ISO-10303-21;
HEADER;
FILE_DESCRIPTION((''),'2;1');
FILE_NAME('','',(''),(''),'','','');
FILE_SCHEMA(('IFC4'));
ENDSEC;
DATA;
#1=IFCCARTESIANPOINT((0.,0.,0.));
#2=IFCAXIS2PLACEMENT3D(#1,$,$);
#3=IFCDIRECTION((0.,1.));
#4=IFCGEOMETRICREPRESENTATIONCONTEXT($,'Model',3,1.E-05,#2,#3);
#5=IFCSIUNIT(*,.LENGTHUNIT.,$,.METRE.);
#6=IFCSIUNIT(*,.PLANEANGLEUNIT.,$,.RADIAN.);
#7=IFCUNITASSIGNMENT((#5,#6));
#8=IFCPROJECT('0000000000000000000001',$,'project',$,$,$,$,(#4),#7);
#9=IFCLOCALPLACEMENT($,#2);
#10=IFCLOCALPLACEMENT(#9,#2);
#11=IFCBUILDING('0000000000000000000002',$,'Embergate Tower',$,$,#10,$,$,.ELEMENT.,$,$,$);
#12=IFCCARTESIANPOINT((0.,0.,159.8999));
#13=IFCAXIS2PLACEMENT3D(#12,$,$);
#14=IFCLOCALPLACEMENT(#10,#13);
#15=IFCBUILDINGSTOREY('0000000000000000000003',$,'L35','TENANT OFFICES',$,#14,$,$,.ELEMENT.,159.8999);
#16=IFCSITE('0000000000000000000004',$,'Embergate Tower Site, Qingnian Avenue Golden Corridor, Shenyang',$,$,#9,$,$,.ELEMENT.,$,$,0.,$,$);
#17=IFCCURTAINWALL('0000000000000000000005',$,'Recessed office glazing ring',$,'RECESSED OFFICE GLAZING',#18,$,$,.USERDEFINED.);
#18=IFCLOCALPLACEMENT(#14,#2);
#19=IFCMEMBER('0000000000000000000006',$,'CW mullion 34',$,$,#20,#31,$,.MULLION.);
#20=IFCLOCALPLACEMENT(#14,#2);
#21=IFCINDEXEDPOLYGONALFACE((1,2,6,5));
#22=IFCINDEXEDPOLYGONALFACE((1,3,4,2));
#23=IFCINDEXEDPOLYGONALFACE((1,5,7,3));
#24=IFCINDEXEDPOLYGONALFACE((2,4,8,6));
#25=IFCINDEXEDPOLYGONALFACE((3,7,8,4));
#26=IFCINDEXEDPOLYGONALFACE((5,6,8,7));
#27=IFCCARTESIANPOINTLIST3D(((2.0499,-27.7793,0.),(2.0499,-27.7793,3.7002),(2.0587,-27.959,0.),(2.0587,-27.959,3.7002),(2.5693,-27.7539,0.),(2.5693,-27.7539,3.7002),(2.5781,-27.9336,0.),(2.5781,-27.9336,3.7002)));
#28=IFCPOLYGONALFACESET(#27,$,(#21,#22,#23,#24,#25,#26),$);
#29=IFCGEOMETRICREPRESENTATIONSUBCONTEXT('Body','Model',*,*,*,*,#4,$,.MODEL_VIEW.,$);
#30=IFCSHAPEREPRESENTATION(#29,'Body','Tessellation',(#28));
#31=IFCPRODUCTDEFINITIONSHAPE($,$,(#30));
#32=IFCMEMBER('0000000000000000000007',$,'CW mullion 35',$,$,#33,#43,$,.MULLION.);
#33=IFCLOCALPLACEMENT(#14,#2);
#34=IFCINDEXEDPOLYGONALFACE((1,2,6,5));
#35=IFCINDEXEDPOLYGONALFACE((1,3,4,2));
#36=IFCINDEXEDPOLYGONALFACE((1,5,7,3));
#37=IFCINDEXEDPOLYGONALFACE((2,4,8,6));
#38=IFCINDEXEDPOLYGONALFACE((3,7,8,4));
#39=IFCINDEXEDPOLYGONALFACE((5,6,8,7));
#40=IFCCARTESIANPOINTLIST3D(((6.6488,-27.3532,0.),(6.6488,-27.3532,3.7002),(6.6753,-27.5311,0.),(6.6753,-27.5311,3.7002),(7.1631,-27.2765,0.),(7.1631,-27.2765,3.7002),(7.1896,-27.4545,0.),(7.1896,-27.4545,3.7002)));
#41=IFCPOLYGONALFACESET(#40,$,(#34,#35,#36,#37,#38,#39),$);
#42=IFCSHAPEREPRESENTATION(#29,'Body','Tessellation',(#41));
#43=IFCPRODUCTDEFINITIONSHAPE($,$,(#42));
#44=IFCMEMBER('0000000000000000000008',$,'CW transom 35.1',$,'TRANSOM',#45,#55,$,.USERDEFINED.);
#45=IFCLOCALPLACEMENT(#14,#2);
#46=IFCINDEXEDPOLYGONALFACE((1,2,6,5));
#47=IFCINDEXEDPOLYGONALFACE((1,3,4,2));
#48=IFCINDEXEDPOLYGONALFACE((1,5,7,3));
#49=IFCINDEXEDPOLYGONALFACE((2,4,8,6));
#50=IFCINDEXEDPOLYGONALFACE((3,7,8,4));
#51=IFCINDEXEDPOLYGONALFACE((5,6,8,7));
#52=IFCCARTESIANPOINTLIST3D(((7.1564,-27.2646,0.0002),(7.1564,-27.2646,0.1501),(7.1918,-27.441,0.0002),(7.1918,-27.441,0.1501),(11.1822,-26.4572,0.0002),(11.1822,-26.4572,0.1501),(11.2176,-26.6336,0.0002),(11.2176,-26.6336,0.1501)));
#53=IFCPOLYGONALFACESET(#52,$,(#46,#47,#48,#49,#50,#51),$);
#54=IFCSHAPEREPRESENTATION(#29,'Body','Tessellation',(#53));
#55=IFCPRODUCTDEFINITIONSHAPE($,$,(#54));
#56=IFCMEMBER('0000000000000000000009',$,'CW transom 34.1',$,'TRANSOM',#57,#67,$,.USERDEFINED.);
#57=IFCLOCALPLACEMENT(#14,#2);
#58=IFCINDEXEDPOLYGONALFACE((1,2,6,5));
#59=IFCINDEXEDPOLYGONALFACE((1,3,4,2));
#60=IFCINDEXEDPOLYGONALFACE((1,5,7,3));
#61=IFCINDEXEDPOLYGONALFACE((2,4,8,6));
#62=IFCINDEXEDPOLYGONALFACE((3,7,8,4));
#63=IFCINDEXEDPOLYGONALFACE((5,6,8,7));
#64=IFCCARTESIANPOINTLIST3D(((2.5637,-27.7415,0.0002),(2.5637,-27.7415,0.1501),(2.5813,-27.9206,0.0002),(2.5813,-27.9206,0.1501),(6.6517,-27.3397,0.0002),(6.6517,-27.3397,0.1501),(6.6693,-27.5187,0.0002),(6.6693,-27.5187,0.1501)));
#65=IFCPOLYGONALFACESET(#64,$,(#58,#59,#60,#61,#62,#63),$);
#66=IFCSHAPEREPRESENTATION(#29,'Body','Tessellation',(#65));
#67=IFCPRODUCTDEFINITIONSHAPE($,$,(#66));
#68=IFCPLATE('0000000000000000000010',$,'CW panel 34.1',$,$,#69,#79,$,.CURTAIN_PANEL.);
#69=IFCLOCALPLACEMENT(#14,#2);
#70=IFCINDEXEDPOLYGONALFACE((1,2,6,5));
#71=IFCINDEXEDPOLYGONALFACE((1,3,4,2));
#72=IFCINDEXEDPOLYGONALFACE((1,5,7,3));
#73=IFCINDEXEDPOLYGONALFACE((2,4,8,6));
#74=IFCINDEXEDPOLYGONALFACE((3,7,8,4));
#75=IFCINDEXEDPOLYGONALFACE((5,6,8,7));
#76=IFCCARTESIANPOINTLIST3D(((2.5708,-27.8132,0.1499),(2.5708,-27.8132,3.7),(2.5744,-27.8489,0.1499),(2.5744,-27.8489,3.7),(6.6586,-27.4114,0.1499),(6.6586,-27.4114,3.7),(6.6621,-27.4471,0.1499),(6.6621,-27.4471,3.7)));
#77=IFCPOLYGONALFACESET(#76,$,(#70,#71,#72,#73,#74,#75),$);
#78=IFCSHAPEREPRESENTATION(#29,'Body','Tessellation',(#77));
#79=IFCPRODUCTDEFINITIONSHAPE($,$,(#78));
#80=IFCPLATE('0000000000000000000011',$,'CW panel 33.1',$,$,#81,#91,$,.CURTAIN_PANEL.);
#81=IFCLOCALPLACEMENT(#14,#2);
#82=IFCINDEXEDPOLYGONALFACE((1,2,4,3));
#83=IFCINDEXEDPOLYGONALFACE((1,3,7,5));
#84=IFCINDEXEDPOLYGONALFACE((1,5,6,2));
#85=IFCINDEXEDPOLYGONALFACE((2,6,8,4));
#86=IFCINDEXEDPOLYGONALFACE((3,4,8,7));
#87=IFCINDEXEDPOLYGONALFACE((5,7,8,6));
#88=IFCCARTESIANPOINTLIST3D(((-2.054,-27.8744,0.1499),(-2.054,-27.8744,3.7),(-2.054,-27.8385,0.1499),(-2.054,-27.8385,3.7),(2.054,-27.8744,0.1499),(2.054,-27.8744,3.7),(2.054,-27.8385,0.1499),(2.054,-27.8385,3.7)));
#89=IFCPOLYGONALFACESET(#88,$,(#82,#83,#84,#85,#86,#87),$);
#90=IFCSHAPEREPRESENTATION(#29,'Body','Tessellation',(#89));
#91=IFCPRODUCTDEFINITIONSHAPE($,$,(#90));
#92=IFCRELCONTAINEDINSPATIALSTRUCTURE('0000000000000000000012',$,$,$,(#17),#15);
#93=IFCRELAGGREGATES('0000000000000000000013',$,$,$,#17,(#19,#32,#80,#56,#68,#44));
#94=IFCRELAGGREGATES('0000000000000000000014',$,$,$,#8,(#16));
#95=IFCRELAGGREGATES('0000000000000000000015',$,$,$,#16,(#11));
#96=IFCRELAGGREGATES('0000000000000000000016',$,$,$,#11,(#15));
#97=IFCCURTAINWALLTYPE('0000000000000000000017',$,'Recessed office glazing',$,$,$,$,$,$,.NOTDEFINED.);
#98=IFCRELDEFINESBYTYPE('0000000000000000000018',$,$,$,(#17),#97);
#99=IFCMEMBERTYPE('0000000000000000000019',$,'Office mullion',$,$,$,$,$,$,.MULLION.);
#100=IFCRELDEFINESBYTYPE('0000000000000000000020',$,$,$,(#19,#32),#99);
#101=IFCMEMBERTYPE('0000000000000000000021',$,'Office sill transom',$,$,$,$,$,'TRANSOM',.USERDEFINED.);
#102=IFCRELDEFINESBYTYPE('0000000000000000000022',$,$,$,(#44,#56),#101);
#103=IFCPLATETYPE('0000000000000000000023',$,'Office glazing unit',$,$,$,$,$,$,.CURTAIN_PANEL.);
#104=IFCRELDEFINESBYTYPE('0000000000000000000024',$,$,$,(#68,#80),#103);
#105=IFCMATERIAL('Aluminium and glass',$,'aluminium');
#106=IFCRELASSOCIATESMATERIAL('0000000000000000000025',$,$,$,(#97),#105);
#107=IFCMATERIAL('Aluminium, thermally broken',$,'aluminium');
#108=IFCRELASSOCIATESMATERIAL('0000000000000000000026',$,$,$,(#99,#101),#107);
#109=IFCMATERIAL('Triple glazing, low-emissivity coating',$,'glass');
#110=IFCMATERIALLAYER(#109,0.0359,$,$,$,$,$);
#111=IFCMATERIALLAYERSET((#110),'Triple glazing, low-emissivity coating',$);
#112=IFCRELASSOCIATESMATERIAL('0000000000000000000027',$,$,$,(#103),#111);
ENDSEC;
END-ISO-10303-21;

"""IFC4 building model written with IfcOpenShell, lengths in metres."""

from ifc_helpers import new_model, si_unit, direction, frame, origin, origin_2d, place, context, subcontext, project, spatial, rectangle, extrude, source, transform, mapped, material, layer, layer_set, material_profile, profile_set, type_object, element, aggregate, save


model = new_model("IFC4")

# Units and contexts
model_context = context("Model", 3, precision=1e-05, world=origin(), true_north=direction((0.0, 1.0)))
body_context = subcontext(model_context, "Body", "Model", "MODEL_VIEW")
ifc_project = project(units=[si_unit("LENGTHUNIT", "METRE"), si_unit("PLANEANGLEUNIT", "RADIAN")], contexts=[model_context])

# Site, building, storey
site_placement = place(None, origin())
site = spatial("IfcSite", under=ifc_project, at=site_placement, Name="Embergate Tower Site, Qingnian Avenue Golden Corridor, Shenyang", CompositionType="ELEMENT", RefElevation=0.0)
building_placement = place(site_placement, origin())
building = spatial("IfcBuilding", under=site, at=building_placement, Name="Embergate Tower", CompositionType="ELEMENT")
storey_placement = place(building_placement, frame((0.0, 0.0, 159.8999)))
storey = spatial("IfcBuildingStorey", under=building, at=storey_placement, Name="L35", Description="TENANT OFFICES", CompositionType="ELEMENT", Elevation=159.8999)

# Curtain wall, members, plates
ifc_material_1 = material(Name="Aluminium and glass", Category="aluminium")
curtain_wall_type = type_object("IfcCurtainWallType", Name="Recessed office glazing", PredefinedType="NOTDEFINED", material=ifc_material_1)
curtain_wall_placement = place(storey_placement, origin())
curtain_wall = element("IfcCurtainWall", 1, at=curtain_wall_placement, inside=storey, type_object=curtain_wall_type, Name="Recessed office glazing ring", ObjectType="RECESSED OFFICE GLAZING", PredefinedType="USERDEFINED")
ifc_material_2 = material(Name="Aluminium, thermally broken", Category="aluminium")
ifc_material_profile_1 = material_profile(ifc_material_2, rectangle(XDim=0.1799, YDim=0.52, at=origin_2d()), Name="AL 520x180")
ifc_profile_set_1 = profile_set([ifc_material_profile_1], Name="Aluminium, thermally broken")
member_type_1 = type_object("IfcMemberType", Name="Office mullion", PredefinedType="MULLION", material=ifc_profile_set_1)
shared_shape_1 = source(origin(), body_context, "Body", "SweptSolid", [
    extrude(rectangle(XDim=0.1799, YDim=0.52, at=origin_2d()), origin(), (0.0, 0.0, 1.0), 3.7002),
])
member_1_placement = place(storey_placement, frame((2.314, -27.8564, 0.0), z_axis=(0.0, 0.0, 1.0), x_axis=(-0.048972, 0.9988, 0.0)))
member_1 = element("IfcMember", 2, at=member_1_placement, type_object=member_type_1, Name="CW mullion 34", PredefinedType="MULLION", context=body_context, shape_type="MappedRepresentation", body=[
    mapped(shared_shape_1, transform((0.0, 0.0, 0.0))),
])
member_2_placement = place(storey_placement, frame((6.9192, -27.4038, 0.0), z_axis=(0.0, 0.0, 1.0), x_axis=(-0.147412, 0.989075, 0.0)))
member_2 = element("IfcMember", 3, at=member_2_placement, type_object=member_type_1, Name="CW mullion 35", PredefinedType="MULLION", context=body_context, shape_type="MappedRepresentation", body=[
    mapped(shared_shape_1, transform((0.0, 0.0, 0.0))),
])
ifc_material_profile_2 = material_profile(ifc_material_2, rectangle(XDim=0.1799, YDim=0.1499, at=origin_2d()), Name="AL 150x180")
ifc_profile_set_2 = profile_set([ifc_material_profile_2], Name="Aluminium, thermally broken")
member_type_2 = type_object("IfcMemberType", Name="Office sill transom", ElementType="TRANSOM", PredefinedType="USERDEFINED", material=ifc_profile_set_2)
shared_shape_2 = source(origin(), body_context, "Body", "SweptSolid", [
    extrude(rectangle(XDim=0.1799, YDim=0.1499, at=origin_2d()), origin(), (0.0, 0.0, 1.0), 4.106),
])
member_3_placement = place(storey_placement, frame((7.1741, -27.3528, 0.0752), z_axis=(0.980478, 0.196631, 0.0), x_axis=(-0.196631, 0.980478, 0.0)))
member_3 = element("IfcMember", 4, at=member_3_placement, type_object=member_type_2, Name="CW transom 35.1", ObjectType="TRANSOM", PredefinedType="USERDEFINED", context=body_context, shape_type="MappedRepresentation", body=[
    mapped(shared_shape_2, transform((0.0, 0.0, 0.0))),
])
shared_shape_3 = source(origin(), body_context, "Body", "SweptSolid", [
    extrude(rectangle(XDim=0.1799, YDim=0.1499, at=origin_2d()), origin(), (0.0, 0.0, 1.0), 4.1077),
])
member_4_placement = place(storey_placement, frame((2.5725, -27.8311, 0.0752), z_axis=(0.995203, 0.097832, 0.0), x_axis=(-0.097832, 0.995203, 0.0)))
member_4 = element("IfcMember", 5, at=member_4_placement, type_object=member_type_2, Name="CW transom 34.1", ObjectType="TRANSOM", PredefinedType="USERDEFINED", context=body_context, shape_type="MappedRepresentation", body=[
    mapped(shared_shape_3, transform((0.0, 0.0, 0.0))),
])
ifc_material_3 = material(Name="Triple glazing, low-emissivity coating", Category="glass")
ifc_layer = layer(ifc_material_3, 0.0359)
ifc_layer_set = layer_set([ifc_layer], Name="Triple glazing, low-emissivity coating")
plate_type = type_object("IfcPlateType", Name="Office glazing unit", PredefinedType="CURTAIN_PANEL", material=ifc_layer_set)
shared_shape_4 = source(origin(), body_context, "Body", "SweptSolid", [
    extrude(rectangle(XDim=4.1074, YDim=0.0359, at=origin_2d()), origin(), (0.0, 0.0, 1.0), 3.55),
])
plate_1_placement = place(storey_placement, frame((4.6165, -27.6301, 0.1499), z_axis=(0.0, 0.0, 1.0), x_axis=(0.995203, 0.09783, 0.0)))
plate_1 = element("IfcPlate", 6, at=plate_1_placement, type_object=plate_type, Name="CW panel 34.1", PredefinedType="CURTAIN_PANEL", context=body_context, shape_type="MappedRepresentation", body=[
    mapped(shared_shape_4, transform((0.0, 0.0, 0.0))),
])
shared_shape_5 = source(origin(), body_context, "Body", "SweptSolid", [
    extrude(rectangle(XDim=4.1079, YDim=0.0359, at=origin_2d()), origin(), (0.0, 0.0, 1.0), 3.55),
])
plate_2_placement = place(storey_placement, frame((0.0, -27.8564, 0.1499), z_axis=(0.0, 0.0, 1.0), x_axis=(1.0, 0.0, 0.0)))
plate_2 = element("IfcPlate", 7, at=plate_2_placement, type_object=plate_type, Name="CW panel 33.1", PredefinedType="CURTAIN_PANEL", context=body_context, shape_type="MappedRepresentation", body=[
    mapped(shared_shape_5, transform((0.0, 0.0, 0.0))),
])
aggregate(curtain_wall, [member_1, member_2, plate_2, member_4, plate_1, member_3])

save(model, "model.ifc")
